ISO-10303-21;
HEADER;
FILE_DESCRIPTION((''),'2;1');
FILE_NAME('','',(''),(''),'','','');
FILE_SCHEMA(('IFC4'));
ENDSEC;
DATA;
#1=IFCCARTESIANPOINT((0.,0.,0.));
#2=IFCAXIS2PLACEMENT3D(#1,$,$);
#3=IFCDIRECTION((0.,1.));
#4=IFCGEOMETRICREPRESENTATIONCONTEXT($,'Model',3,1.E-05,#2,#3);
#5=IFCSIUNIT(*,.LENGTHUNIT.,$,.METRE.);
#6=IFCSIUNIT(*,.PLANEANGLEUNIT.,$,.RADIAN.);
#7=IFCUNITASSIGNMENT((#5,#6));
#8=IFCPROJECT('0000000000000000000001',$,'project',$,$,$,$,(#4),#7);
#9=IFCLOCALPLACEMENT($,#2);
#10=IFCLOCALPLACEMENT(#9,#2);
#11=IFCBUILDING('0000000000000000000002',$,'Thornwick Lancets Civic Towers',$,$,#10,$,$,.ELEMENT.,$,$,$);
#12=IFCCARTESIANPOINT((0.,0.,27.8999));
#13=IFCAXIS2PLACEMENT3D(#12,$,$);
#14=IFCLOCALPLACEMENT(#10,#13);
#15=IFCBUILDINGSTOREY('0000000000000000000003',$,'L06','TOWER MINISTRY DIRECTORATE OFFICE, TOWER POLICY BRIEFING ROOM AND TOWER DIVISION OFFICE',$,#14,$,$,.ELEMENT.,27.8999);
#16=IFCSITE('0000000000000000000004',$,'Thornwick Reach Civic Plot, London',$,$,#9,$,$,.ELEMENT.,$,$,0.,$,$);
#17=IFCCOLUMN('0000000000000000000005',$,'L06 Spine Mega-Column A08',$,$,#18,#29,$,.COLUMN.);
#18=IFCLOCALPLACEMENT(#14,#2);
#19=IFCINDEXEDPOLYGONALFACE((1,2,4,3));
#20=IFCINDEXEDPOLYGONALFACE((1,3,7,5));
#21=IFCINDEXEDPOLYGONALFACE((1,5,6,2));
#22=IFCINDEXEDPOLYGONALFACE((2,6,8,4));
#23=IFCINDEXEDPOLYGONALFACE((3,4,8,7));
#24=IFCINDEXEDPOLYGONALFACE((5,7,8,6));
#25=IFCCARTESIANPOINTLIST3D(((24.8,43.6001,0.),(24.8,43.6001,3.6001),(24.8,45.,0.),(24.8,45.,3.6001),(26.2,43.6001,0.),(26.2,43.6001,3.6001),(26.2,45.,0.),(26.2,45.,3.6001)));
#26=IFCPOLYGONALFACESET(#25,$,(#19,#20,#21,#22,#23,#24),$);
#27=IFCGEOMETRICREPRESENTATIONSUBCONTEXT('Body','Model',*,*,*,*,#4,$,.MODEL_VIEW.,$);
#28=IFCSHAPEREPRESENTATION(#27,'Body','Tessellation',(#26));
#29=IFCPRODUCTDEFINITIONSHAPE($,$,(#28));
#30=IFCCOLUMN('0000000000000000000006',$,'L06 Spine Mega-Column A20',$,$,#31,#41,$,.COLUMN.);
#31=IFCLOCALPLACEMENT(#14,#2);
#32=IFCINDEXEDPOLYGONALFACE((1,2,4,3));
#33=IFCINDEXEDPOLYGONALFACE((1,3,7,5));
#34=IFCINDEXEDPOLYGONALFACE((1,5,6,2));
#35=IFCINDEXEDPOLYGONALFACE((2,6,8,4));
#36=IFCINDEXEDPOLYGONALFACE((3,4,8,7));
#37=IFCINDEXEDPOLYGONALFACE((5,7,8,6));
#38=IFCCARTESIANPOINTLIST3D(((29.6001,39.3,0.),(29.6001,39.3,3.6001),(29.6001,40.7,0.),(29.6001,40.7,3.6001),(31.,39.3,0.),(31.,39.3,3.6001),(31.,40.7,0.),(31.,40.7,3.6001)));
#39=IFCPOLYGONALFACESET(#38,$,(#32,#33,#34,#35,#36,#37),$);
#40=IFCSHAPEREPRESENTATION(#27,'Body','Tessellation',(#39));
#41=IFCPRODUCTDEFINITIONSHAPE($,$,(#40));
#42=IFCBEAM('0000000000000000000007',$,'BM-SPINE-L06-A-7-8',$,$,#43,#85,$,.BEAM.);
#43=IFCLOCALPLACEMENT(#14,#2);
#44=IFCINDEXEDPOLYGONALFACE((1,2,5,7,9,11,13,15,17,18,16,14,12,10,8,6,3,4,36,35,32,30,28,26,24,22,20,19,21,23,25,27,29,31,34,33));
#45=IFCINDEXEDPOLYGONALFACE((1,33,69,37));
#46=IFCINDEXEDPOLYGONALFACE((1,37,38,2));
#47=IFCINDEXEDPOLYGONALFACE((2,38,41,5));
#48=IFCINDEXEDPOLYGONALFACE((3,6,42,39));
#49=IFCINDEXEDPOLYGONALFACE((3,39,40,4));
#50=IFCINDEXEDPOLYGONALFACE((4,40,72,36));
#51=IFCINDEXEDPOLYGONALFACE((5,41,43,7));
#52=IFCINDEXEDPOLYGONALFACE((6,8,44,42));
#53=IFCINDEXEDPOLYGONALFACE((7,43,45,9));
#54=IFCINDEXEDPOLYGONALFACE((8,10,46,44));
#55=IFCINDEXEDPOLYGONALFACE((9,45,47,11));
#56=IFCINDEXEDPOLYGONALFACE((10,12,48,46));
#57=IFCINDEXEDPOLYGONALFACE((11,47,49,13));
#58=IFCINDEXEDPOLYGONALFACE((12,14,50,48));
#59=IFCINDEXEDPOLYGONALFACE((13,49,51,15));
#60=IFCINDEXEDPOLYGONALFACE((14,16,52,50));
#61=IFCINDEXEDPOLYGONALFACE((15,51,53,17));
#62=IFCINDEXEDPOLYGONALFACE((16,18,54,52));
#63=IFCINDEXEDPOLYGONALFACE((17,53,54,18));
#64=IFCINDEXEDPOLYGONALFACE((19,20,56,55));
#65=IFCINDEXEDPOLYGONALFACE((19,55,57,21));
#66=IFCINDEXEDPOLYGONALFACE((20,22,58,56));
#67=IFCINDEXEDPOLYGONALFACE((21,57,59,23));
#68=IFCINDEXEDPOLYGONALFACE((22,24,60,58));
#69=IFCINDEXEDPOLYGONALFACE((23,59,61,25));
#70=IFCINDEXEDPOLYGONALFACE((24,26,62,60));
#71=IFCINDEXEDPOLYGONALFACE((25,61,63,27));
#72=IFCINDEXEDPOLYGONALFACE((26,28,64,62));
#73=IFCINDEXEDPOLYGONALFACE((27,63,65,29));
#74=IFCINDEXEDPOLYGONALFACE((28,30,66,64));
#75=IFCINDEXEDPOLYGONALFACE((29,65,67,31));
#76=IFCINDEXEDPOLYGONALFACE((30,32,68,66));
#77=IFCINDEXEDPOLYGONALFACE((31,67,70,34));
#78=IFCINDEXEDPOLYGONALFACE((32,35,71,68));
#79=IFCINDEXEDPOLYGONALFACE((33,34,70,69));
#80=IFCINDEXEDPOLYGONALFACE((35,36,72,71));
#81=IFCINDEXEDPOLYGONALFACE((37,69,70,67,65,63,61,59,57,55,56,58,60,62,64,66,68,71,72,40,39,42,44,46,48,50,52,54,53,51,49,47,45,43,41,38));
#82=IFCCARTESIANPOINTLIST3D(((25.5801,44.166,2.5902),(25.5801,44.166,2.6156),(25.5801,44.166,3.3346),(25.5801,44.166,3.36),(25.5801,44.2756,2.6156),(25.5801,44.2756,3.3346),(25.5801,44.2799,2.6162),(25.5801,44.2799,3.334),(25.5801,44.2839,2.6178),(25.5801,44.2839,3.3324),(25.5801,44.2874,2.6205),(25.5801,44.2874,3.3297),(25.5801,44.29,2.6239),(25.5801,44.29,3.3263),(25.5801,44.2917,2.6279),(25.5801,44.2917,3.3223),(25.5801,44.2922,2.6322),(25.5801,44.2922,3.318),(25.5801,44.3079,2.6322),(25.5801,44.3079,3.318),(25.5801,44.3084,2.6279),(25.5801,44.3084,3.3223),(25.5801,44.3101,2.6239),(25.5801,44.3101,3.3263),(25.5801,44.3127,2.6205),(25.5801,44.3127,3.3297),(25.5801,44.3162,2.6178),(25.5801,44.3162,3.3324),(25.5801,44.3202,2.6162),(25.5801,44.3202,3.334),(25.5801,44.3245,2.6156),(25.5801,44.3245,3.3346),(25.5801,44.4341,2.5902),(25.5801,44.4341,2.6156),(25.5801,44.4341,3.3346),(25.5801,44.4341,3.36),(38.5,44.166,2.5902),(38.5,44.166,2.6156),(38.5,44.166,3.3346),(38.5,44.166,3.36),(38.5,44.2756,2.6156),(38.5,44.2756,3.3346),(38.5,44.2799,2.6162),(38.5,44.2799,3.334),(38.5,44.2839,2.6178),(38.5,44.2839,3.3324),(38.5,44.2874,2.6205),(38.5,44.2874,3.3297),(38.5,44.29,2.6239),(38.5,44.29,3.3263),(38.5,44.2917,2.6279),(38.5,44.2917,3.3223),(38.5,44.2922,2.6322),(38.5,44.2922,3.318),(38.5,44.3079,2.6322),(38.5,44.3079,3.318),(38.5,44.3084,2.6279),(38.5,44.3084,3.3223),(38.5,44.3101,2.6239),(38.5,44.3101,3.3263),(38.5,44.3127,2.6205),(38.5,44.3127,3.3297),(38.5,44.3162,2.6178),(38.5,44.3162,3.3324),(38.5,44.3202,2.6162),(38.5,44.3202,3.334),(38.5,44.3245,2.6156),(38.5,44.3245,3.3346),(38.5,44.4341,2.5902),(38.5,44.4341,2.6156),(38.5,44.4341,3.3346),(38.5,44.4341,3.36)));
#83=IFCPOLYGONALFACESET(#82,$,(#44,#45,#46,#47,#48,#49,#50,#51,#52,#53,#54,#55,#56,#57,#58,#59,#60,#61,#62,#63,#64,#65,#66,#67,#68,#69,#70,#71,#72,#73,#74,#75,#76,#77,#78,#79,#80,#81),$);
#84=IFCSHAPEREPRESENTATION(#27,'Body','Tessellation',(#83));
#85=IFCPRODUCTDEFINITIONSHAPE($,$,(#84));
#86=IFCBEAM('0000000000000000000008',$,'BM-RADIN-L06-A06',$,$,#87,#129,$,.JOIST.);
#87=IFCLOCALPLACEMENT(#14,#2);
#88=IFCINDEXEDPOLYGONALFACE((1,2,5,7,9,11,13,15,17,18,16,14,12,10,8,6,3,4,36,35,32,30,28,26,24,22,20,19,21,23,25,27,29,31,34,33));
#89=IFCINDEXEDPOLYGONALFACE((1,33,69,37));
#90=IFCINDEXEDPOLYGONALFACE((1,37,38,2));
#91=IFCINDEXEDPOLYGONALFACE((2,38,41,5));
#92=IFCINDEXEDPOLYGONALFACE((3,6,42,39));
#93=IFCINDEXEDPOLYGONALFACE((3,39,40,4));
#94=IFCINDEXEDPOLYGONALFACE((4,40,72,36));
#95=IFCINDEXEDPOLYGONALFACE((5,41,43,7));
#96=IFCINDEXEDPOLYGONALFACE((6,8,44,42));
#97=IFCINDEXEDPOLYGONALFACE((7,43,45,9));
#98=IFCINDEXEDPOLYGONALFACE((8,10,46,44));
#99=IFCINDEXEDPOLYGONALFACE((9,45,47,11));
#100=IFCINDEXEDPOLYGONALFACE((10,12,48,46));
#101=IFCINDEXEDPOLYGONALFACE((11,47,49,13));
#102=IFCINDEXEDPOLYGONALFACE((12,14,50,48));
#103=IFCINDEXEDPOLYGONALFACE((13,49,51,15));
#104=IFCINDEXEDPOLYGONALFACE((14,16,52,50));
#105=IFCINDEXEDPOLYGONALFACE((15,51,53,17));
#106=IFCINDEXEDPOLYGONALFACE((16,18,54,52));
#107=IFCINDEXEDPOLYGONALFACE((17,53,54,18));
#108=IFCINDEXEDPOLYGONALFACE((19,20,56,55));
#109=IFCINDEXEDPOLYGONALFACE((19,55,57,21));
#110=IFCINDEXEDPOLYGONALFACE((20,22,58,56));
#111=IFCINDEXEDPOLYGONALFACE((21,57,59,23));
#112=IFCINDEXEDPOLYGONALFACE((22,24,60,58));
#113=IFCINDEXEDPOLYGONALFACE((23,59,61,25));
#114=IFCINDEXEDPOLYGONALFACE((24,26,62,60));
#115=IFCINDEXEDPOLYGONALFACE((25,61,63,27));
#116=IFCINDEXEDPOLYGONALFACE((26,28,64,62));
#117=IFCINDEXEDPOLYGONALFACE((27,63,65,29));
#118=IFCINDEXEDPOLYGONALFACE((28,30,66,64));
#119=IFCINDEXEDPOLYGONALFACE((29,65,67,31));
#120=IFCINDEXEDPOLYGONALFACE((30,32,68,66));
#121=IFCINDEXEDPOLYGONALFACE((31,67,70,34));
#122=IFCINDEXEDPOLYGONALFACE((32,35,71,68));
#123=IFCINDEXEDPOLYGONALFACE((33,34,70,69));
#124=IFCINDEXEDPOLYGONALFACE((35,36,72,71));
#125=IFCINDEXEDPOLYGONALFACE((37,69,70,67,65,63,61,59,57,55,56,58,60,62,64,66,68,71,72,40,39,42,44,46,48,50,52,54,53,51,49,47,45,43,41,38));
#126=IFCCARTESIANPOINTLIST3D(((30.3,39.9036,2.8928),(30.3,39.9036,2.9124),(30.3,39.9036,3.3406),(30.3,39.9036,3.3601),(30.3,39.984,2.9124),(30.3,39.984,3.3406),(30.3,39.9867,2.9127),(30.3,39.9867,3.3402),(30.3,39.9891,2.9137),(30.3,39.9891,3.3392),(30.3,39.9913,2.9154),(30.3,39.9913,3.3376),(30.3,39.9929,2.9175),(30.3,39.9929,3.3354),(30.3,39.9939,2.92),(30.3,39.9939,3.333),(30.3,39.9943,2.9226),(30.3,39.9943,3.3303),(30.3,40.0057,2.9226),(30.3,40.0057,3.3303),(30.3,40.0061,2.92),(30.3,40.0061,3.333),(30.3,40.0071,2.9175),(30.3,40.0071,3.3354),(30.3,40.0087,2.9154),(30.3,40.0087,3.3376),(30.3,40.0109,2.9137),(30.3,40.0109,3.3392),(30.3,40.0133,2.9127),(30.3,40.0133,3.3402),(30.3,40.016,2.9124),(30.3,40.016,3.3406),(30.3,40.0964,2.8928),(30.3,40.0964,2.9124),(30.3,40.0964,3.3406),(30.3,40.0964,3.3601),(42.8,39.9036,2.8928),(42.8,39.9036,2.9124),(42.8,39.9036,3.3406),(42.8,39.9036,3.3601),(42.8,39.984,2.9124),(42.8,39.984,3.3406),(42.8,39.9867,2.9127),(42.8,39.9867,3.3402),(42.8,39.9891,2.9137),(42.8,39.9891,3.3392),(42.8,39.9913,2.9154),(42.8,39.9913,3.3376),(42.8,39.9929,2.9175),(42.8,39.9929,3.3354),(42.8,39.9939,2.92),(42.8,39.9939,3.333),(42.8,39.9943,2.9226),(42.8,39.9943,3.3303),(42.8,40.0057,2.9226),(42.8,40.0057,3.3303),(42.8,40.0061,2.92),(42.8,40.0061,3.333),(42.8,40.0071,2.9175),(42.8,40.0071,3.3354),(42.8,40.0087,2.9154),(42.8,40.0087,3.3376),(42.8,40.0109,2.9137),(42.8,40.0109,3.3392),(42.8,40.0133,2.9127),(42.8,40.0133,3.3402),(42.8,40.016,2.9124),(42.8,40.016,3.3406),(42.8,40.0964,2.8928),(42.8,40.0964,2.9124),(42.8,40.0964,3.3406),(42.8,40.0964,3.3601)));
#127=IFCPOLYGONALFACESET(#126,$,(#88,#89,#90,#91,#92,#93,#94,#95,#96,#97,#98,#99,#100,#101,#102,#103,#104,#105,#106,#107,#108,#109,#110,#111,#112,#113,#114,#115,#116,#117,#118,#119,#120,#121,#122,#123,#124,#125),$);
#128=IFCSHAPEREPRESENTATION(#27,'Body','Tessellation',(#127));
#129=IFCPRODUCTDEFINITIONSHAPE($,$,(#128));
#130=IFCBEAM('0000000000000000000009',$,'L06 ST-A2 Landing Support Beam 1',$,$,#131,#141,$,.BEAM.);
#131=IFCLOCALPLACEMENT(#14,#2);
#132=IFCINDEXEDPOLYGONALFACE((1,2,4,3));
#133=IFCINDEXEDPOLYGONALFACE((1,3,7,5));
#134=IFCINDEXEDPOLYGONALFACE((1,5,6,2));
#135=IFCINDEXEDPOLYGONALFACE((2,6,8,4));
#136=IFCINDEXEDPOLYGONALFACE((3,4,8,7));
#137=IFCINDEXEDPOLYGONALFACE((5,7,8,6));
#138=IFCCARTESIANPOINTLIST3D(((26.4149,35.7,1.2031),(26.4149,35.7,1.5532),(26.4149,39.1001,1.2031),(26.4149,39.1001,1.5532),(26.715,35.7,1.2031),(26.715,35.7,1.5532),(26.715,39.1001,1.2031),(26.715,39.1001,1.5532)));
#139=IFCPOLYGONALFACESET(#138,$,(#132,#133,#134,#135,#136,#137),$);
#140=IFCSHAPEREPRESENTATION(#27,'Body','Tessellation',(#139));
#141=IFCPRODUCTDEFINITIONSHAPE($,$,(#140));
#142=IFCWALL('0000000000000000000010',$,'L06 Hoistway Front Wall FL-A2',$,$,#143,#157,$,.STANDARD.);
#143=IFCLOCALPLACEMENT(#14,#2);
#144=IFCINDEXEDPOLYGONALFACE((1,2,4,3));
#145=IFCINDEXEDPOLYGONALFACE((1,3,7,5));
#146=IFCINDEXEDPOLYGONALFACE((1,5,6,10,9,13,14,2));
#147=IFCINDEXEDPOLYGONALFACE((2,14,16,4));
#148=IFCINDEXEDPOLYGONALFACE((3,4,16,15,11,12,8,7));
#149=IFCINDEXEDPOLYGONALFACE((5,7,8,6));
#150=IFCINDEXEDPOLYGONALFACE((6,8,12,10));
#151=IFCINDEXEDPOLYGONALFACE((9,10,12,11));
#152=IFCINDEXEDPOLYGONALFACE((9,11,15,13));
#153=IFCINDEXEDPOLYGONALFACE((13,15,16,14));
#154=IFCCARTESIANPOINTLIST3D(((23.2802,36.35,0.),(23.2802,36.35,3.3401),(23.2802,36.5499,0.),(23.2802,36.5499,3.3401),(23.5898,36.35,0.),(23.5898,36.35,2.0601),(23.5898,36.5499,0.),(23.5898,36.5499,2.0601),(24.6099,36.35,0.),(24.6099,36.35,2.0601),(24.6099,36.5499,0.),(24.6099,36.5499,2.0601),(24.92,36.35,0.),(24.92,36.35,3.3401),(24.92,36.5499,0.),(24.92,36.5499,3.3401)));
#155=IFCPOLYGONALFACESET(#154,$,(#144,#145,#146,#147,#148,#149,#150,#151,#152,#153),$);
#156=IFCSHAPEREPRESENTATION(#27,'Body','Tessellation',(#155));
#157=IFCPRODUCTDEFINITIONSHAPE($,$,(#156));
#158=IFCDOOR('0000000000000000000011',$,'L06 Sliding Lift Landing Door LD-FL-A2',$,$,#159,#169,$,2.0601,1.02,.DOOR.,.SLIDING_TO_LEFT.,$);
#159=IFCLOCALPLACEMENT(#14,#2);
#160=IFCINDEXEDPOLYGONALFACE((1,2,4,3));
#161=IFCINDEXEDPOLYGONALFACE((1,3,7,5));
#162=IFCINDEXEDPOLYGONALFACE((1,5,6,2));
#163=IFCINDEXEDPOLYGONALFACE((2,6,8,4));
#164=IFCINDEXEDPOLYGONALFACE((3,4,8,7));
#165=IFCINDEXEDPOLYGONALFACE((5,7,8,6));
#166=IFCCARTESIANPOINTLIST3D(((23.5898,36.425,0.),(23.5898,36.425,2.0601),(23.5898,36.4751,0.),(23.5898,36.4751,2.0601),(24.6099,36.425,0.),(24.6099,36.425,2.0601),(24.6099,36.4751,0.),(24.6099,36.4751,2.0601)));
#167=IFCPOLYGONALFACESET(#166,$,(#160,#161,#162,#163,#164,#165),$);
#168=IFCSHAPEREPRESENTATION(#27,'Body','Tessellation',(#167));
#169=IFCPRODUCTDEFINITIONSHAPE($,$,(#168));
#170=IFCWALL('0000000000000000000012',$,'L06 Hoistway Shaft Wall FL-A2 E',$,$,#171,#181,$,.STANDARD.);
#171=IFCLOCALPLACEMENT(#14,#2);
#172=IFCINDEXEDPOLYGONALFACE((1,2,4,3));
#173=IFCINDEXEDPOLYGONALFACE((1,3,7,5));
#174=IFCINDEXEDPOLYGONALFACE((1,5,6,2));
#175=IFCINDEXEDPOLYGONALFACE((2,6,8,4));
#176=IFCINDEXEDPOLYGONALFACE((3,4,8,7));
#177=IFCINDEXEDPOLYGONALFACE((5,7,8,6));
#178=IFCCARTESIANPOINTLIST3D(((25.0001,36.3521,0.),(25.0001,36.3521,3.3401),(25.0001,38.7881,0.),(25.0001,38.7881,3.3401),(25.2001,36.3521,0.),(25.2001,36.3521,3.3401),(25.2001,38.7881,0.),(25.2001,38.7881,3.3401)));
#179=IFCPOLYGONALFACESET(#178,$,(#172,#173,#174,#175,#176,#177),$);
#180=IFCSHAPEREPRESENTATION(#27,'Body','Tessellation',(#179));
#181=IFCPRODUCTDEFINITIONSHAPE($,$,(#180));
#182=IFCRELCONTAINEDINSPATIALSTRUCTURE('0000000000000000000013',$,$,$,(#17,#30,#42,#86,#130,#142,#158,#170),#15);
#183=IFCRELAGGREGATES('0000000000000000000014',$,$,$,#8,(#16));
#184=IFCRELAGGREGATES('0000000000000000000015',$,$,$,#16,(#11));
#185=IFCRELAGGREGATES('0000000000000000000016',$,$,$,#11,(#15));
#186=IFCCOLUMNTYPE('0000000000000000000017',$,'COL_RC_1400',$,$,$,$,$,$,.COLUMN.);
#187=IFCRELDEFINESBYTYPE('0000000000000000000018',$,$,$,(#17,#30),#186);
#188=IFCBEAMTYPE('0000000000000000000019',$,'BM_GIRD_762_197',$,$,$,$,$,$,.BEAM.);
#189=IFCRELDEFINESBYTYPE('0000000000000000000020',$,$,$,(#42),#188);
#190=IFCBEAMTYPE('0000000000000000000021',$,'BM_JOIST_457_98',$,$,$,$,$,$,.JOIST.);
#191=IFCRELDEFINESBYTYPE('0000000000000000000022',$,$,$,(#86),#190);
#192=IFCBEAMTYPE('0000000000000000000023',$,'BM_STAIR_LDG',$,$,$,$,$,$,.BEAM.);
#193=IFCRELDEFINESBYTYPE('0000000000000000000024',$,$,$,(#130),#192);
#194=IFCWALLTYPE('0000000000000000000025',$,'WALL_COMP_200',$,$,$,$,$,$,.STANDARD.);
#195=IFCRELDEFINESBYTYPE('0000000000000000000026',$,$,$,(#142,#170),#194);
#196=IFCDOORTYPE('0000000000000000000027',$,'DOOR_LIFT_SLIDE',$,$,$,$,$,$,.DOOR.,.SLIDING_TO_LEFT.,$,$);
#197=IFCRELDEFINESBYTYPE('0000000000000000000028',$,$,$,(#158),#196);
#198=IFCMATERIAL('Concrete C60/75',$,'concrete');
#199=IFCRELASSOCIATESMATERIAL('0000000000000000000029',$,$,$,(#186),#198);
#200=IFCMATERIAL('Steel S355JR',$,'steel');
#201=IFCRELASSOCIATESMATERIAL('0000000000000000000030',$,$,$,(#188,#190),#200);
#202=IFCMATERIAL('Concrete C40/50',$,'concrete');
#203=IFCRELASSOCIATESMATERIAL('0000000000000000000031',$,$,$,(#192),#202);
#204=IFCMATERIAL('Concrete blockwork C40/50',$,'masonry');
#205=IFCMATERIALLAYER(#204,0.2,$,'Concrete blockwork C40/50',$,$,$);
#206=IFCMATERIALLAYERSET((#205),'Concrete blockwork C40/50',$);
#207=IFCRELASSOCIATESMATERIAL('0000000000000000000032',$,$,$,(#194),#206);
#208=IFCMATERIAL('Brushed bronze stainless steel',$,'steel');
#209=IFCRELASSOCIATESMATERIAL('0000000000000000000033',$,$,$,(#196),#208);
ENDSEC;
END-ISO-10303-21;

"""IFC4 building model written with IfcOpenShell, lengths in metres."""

from ifc_helpers import new_model, si_unit, direction, frame, frame_2d, origin, origin_2d, place, context, subcontext, project, spatial, rectangle, i_section, extrude, material, layer, layer_set, material_profile, profile_set, type_object, element, fill, save


model = new_model("IFC4")

# Units and contexts
model_context = context("Model", 3, precision=1e-05, world=origin(), true_north=direction((0.0, 1.0)))
body_context = subcontext(model_context, "Body", "Model", "MODEL_VIEW")
ifc_project = project(units=[si_unit("LENGTHUNIT", "METRE"), si_unit("PLANEANGLEUNIT", "RADIAN")], contexts=[model_context])

# Site, building, storey
site_placement = place(None, origin())
site = spatial("IfcSite", under=ifc_project, at=site_placement, Name="Thornwick Reach Civic Plot, London", CompositionType="ELEMENT", RefElevation=0.0)
building_placement = place(site_placement, origin())
building = spatial("IfcBuilding", under=site, at=building_placement, Name="Thornwick Lancets Civic Towers", CompositionType="ELEMENT")
storey_placement = place(building_placement, frame((0.0, 0.0, 27.8999)))
storey = spatial("IfcBuildingStorey", under=building, at=storey_placement, Name="L06", Description="TOWER MINISTRY DIRECTORATE OFFICE, TOWER POLICY BRIEFING ROOM AND TOWER DIVISION OFFICE", CompositionType="ELEMENT", Elevation=27.8999)

# Columns
ifc_material_1 = material(Name="Concrete C60/75", Category="concrete")
ifc_material_profile_1 = material_profile(ifc_material_1, rectangle(XDim=1.3999, YDim=1.3999, at=origin_2d()), Name="RC 1400x1400")
ifc_profile_set_1 = profile_set([ifc_material_profile_1], Name="Concrete C60/75")
column_type = type_object("IfcColumnType", Name="COL_RC_1400", PredefinedType="COLUMN", material=ifc_profile_set_1)
for number, where, z_axis, x_axis, name in (
    (1, (25.5, 44.3, 0.0), (0.0, 0.0, 1.0), (1.0, 0.0, 0.0), "L06 Spine Mega-Column A08"),
    (2, (30.3, 40.0, 0.0), (0.0, 0.0, 1.0), (1.0, 0.0, 0.0), "L06 Spine Mega-Column A20"),
):
    element("IfcColumn", number, at=place(storey_placement, frame(where, z_axis=z_axis, x_axis=x_axis)), inside=storey, type_object=column_type, Name=name, PredefinedType="COLUMN", context=body_context, shape_type="SweptSolid", body=[
        extrude(rectangle(XDim=1.3999, YDim=1.3999, at=origin_2d()), origin(), (0.0, 0.0, 1.0), 3.6001),
    ])

# Beams
ifc_material_2 = material(Name="Steel S355JR", Category="steel")
ifc_material_profile_2 = material_profile(ifc_material_2, i_section(OverallWidth=0.2681, OverallDepth=0.7698, WebThickness=0.0156, FlangeThickness=0.0254, FilletRadius=0.0166, at=origin_2d()), Name="UKB 762x267x197")
ifc_profile_set_2 = profile_set([ifc_material_profile_2], Name="Steel S355JR")
beam_type_1 = type_object("IfcBeamType", Name="BM_GIRD_762_197", PredefinedType="BEAM", material=ifc_profile_set_2)
beam_1_placement = place(storey_placement, frame((25.5801, 44.3, 2.9751), z_axis=(1.0, 0.0, 0.0), x_axis=(0.0, 1.0, 0.0)))
element("IfcBeam", 3, at=beam_1_placement, inside=storey, type_object=beam_type_1, Name="BM-SPINE-L06-A-7-8", PredefinedType="BEAM", context=body_context, shape_type="SweptSolid", body=[
    extrude(i_section(OverallWidth=0.2681, OverallDepth=0.7698, WebThickness=0.0156, FlangeThickness=0.0254, FilletRadius=0.0166, at=origin_2d()), origin(), (0.0, 0.0, 1.0), 12.9199),
])
ifc_material_profile_3 = material_profile(ifc_material_2, i_section(OverallWidth=0.1929, OverallDepth=0.4673, WebThickness=0.0115, FlangeThickness=0.0195, FilletRadius=0.0103, at=origin_2d()), Name="UKB 457x191x98")
ifc_profile_set_3 = profile_set([ifc_material_profile_3], Name="Steel S355JR")
beam_type_2 = type_object("IfcBeamType", Name="BM_JOIST_457_98", PredefinedType="JOIST", material=ifc_profile_set_3)
beam_2_placement = place(storey_placement, frame((30.3, 40.0, 3.1265), z_axis=(1.0, 0.0, 0.0), x_axis=(0.0, 1.0, 0.0)))
element("IfcBeam", 4, at=beam_2_placement, inside=storey, type_object=beam_type_2, Name="BM-RADIN-L06-A06", PredefinedType="JOIST", context=body_context, shape_type="SweptSolid", body=[
    extrude(i_section(OverallWidth=0.1929, OverallDepth=0.4673, WebThickness=0.0115, FlangeThickness=0.0195, FilletRadius=0.0103, at=origin_2d()), origin(), (0.0, 0.0, 1.0), 12.5),
])
ifc_material_3 = material(Name="Concrete C40/50", Category="concrete")
ifc_material_profile_4 = material_profile(ifc_material_3, rectangle(XDim=0.3, YDim=0.3501, at=origin_2d()), Name="RC 300x350")
ifc_profile_set_4 = profile_set([ifc_material_profile_4], Name="Concrete C40/50")
beam_type_3 = type_object("IfcBeamType", Name="BM_STAIR_LDG", PredefinedType="BEAM", material=ifc_profile_set_4)
beam_3_placement = place(storey_placement, frame((26.5649, 39.1001, 1.3782), z_axis=(0.0, -1.0, 0.0), x_axis=(1.0, 0.0, 0.0)))
element("IfcBeam", 5, at=beam_3_placement, inside=storey, type_object=beam_type_3, Name="L06 ST-A2 Landing Support Beam 1", PredefinedType="BEAM", context=body_context, shape_type="SweptSolid", body=[
    extrude(rectangle(XDim=0.3, YDim=0.3501, at=origin_2d()), origin(), (0.0, 0.0, 1.0), 3.4001),
])

# Wall, opening, door
ifc_material_4 = material(Name="Concrete blockwork C40/50", Category="masonry")
ifc_layer_1 = layer(ifc_material_4, 0.2, Name="Concrete blockwork C40/50")
ifc_layer_set_1 = layer_set([ifc_layer_1], Name="Concrete blockwork C40/50")
wall_type_1 = type_object("IfcWallType", Name="WALL_COMP_200", PredefinedType="STANDARD", material=ifc_layer_set_1)
wall_1_placement = place(storey_placement, frame((24.9199, 36.45, 0.0), z_axis=(0.0, 0.0, 1.0), x_axis=(-1.0, 0.0, 0.0)))
wall_1 = element("IfcWall", 6, at=wall_1_placement, inside=storey, type_object=wall_type_1, Name="L06 Hoistway Front Wall FL-A2", PredefinedType="STANDARD", context=body_context, shape_type="SweptSolid", body=[
    extrude(rectangle(XDim=1.6399, YDim=0.2, at=frame_2d((0.8198, 0.0))), origin(), (0.0, 0.0, 1.0), 3.3401),
])
opening_placement = place(wall_1_placement, frame((0.3101, 0.0, 0.0)))
opening = element("IfcOpeningElement", 7, at=opening_placement, cuts=wall_1, PredefinedType="OPENING", context=body_context, shape_type="SweptSolid", body=[
    extrude(rectangle(XDim=1.02, YDim=2.0601, at=frame_2d((0.51, 1.03))), frame((0.0, 0.1099, 0.0), z_axis=(0.0, -1.0, 0.0), x_axis=(1.0, 0.0, 0.0)), (0.0, 0.0, 1.0), 0.22),
])
ifc_material_5 = material(Name="Brushed bronze stainless steel", Category="steel")
door_type = type_object("IfcDoorType", Name="DOOR_LIFT_SLIDE", OperationType="SLIDING_TO_LEFT", PredefinedType="DOOR", material=ifc_material_5)
door_placement = place(opening_placement, origin())
door = element("IfcDoor", 8, at=door_placement, inside=storey, type_object=door_type, Name="L06 Sliding Lift Landing Door LD-FL-A2", OperationType="SLIDING_TO_LEFT", OverallHeight=2.0601, OverallWidth=1.02, PredefinedType="DOOR", context=body_context, shape_type="SweptSolid", body=[
    extrude(rectangle(XDim=1.02, YDim=2.0601, at=frame_2d((0.51, 1.03))), frame((0.0, 0.0249, 0.0), z_axis=(0.0, -1.0, 0.0), x_axis=(1.0, 0.0, 0.0)), (0.0, 0.0, 1.0), 0.05),
])
fill(opening, door)

# Wall
wall_2_placement = place(storey_placement, frame((25.1001, 36.3521, 0.0), z_axis=(0.0, 0.0, 1.0), x_axis=(0.0, 1.0, 0.0)))
element("IfcWall", 9, at=wall_2_placement, inside=storey, type_object=wall_type_1, Name="L06 Hoistway Shaft Wall FL-A2 E", PredefinedType="STANDARD", context=body_context, shape_type="SweptSolid", body=[
    extrude(rectangle(XDim=2.436, YDim=0.2, at=frame_2d((1.218, 0.0))), origin(), (0.0, 0.0, 1.0), 3.3401),
])

save(model, "model.ifc")
